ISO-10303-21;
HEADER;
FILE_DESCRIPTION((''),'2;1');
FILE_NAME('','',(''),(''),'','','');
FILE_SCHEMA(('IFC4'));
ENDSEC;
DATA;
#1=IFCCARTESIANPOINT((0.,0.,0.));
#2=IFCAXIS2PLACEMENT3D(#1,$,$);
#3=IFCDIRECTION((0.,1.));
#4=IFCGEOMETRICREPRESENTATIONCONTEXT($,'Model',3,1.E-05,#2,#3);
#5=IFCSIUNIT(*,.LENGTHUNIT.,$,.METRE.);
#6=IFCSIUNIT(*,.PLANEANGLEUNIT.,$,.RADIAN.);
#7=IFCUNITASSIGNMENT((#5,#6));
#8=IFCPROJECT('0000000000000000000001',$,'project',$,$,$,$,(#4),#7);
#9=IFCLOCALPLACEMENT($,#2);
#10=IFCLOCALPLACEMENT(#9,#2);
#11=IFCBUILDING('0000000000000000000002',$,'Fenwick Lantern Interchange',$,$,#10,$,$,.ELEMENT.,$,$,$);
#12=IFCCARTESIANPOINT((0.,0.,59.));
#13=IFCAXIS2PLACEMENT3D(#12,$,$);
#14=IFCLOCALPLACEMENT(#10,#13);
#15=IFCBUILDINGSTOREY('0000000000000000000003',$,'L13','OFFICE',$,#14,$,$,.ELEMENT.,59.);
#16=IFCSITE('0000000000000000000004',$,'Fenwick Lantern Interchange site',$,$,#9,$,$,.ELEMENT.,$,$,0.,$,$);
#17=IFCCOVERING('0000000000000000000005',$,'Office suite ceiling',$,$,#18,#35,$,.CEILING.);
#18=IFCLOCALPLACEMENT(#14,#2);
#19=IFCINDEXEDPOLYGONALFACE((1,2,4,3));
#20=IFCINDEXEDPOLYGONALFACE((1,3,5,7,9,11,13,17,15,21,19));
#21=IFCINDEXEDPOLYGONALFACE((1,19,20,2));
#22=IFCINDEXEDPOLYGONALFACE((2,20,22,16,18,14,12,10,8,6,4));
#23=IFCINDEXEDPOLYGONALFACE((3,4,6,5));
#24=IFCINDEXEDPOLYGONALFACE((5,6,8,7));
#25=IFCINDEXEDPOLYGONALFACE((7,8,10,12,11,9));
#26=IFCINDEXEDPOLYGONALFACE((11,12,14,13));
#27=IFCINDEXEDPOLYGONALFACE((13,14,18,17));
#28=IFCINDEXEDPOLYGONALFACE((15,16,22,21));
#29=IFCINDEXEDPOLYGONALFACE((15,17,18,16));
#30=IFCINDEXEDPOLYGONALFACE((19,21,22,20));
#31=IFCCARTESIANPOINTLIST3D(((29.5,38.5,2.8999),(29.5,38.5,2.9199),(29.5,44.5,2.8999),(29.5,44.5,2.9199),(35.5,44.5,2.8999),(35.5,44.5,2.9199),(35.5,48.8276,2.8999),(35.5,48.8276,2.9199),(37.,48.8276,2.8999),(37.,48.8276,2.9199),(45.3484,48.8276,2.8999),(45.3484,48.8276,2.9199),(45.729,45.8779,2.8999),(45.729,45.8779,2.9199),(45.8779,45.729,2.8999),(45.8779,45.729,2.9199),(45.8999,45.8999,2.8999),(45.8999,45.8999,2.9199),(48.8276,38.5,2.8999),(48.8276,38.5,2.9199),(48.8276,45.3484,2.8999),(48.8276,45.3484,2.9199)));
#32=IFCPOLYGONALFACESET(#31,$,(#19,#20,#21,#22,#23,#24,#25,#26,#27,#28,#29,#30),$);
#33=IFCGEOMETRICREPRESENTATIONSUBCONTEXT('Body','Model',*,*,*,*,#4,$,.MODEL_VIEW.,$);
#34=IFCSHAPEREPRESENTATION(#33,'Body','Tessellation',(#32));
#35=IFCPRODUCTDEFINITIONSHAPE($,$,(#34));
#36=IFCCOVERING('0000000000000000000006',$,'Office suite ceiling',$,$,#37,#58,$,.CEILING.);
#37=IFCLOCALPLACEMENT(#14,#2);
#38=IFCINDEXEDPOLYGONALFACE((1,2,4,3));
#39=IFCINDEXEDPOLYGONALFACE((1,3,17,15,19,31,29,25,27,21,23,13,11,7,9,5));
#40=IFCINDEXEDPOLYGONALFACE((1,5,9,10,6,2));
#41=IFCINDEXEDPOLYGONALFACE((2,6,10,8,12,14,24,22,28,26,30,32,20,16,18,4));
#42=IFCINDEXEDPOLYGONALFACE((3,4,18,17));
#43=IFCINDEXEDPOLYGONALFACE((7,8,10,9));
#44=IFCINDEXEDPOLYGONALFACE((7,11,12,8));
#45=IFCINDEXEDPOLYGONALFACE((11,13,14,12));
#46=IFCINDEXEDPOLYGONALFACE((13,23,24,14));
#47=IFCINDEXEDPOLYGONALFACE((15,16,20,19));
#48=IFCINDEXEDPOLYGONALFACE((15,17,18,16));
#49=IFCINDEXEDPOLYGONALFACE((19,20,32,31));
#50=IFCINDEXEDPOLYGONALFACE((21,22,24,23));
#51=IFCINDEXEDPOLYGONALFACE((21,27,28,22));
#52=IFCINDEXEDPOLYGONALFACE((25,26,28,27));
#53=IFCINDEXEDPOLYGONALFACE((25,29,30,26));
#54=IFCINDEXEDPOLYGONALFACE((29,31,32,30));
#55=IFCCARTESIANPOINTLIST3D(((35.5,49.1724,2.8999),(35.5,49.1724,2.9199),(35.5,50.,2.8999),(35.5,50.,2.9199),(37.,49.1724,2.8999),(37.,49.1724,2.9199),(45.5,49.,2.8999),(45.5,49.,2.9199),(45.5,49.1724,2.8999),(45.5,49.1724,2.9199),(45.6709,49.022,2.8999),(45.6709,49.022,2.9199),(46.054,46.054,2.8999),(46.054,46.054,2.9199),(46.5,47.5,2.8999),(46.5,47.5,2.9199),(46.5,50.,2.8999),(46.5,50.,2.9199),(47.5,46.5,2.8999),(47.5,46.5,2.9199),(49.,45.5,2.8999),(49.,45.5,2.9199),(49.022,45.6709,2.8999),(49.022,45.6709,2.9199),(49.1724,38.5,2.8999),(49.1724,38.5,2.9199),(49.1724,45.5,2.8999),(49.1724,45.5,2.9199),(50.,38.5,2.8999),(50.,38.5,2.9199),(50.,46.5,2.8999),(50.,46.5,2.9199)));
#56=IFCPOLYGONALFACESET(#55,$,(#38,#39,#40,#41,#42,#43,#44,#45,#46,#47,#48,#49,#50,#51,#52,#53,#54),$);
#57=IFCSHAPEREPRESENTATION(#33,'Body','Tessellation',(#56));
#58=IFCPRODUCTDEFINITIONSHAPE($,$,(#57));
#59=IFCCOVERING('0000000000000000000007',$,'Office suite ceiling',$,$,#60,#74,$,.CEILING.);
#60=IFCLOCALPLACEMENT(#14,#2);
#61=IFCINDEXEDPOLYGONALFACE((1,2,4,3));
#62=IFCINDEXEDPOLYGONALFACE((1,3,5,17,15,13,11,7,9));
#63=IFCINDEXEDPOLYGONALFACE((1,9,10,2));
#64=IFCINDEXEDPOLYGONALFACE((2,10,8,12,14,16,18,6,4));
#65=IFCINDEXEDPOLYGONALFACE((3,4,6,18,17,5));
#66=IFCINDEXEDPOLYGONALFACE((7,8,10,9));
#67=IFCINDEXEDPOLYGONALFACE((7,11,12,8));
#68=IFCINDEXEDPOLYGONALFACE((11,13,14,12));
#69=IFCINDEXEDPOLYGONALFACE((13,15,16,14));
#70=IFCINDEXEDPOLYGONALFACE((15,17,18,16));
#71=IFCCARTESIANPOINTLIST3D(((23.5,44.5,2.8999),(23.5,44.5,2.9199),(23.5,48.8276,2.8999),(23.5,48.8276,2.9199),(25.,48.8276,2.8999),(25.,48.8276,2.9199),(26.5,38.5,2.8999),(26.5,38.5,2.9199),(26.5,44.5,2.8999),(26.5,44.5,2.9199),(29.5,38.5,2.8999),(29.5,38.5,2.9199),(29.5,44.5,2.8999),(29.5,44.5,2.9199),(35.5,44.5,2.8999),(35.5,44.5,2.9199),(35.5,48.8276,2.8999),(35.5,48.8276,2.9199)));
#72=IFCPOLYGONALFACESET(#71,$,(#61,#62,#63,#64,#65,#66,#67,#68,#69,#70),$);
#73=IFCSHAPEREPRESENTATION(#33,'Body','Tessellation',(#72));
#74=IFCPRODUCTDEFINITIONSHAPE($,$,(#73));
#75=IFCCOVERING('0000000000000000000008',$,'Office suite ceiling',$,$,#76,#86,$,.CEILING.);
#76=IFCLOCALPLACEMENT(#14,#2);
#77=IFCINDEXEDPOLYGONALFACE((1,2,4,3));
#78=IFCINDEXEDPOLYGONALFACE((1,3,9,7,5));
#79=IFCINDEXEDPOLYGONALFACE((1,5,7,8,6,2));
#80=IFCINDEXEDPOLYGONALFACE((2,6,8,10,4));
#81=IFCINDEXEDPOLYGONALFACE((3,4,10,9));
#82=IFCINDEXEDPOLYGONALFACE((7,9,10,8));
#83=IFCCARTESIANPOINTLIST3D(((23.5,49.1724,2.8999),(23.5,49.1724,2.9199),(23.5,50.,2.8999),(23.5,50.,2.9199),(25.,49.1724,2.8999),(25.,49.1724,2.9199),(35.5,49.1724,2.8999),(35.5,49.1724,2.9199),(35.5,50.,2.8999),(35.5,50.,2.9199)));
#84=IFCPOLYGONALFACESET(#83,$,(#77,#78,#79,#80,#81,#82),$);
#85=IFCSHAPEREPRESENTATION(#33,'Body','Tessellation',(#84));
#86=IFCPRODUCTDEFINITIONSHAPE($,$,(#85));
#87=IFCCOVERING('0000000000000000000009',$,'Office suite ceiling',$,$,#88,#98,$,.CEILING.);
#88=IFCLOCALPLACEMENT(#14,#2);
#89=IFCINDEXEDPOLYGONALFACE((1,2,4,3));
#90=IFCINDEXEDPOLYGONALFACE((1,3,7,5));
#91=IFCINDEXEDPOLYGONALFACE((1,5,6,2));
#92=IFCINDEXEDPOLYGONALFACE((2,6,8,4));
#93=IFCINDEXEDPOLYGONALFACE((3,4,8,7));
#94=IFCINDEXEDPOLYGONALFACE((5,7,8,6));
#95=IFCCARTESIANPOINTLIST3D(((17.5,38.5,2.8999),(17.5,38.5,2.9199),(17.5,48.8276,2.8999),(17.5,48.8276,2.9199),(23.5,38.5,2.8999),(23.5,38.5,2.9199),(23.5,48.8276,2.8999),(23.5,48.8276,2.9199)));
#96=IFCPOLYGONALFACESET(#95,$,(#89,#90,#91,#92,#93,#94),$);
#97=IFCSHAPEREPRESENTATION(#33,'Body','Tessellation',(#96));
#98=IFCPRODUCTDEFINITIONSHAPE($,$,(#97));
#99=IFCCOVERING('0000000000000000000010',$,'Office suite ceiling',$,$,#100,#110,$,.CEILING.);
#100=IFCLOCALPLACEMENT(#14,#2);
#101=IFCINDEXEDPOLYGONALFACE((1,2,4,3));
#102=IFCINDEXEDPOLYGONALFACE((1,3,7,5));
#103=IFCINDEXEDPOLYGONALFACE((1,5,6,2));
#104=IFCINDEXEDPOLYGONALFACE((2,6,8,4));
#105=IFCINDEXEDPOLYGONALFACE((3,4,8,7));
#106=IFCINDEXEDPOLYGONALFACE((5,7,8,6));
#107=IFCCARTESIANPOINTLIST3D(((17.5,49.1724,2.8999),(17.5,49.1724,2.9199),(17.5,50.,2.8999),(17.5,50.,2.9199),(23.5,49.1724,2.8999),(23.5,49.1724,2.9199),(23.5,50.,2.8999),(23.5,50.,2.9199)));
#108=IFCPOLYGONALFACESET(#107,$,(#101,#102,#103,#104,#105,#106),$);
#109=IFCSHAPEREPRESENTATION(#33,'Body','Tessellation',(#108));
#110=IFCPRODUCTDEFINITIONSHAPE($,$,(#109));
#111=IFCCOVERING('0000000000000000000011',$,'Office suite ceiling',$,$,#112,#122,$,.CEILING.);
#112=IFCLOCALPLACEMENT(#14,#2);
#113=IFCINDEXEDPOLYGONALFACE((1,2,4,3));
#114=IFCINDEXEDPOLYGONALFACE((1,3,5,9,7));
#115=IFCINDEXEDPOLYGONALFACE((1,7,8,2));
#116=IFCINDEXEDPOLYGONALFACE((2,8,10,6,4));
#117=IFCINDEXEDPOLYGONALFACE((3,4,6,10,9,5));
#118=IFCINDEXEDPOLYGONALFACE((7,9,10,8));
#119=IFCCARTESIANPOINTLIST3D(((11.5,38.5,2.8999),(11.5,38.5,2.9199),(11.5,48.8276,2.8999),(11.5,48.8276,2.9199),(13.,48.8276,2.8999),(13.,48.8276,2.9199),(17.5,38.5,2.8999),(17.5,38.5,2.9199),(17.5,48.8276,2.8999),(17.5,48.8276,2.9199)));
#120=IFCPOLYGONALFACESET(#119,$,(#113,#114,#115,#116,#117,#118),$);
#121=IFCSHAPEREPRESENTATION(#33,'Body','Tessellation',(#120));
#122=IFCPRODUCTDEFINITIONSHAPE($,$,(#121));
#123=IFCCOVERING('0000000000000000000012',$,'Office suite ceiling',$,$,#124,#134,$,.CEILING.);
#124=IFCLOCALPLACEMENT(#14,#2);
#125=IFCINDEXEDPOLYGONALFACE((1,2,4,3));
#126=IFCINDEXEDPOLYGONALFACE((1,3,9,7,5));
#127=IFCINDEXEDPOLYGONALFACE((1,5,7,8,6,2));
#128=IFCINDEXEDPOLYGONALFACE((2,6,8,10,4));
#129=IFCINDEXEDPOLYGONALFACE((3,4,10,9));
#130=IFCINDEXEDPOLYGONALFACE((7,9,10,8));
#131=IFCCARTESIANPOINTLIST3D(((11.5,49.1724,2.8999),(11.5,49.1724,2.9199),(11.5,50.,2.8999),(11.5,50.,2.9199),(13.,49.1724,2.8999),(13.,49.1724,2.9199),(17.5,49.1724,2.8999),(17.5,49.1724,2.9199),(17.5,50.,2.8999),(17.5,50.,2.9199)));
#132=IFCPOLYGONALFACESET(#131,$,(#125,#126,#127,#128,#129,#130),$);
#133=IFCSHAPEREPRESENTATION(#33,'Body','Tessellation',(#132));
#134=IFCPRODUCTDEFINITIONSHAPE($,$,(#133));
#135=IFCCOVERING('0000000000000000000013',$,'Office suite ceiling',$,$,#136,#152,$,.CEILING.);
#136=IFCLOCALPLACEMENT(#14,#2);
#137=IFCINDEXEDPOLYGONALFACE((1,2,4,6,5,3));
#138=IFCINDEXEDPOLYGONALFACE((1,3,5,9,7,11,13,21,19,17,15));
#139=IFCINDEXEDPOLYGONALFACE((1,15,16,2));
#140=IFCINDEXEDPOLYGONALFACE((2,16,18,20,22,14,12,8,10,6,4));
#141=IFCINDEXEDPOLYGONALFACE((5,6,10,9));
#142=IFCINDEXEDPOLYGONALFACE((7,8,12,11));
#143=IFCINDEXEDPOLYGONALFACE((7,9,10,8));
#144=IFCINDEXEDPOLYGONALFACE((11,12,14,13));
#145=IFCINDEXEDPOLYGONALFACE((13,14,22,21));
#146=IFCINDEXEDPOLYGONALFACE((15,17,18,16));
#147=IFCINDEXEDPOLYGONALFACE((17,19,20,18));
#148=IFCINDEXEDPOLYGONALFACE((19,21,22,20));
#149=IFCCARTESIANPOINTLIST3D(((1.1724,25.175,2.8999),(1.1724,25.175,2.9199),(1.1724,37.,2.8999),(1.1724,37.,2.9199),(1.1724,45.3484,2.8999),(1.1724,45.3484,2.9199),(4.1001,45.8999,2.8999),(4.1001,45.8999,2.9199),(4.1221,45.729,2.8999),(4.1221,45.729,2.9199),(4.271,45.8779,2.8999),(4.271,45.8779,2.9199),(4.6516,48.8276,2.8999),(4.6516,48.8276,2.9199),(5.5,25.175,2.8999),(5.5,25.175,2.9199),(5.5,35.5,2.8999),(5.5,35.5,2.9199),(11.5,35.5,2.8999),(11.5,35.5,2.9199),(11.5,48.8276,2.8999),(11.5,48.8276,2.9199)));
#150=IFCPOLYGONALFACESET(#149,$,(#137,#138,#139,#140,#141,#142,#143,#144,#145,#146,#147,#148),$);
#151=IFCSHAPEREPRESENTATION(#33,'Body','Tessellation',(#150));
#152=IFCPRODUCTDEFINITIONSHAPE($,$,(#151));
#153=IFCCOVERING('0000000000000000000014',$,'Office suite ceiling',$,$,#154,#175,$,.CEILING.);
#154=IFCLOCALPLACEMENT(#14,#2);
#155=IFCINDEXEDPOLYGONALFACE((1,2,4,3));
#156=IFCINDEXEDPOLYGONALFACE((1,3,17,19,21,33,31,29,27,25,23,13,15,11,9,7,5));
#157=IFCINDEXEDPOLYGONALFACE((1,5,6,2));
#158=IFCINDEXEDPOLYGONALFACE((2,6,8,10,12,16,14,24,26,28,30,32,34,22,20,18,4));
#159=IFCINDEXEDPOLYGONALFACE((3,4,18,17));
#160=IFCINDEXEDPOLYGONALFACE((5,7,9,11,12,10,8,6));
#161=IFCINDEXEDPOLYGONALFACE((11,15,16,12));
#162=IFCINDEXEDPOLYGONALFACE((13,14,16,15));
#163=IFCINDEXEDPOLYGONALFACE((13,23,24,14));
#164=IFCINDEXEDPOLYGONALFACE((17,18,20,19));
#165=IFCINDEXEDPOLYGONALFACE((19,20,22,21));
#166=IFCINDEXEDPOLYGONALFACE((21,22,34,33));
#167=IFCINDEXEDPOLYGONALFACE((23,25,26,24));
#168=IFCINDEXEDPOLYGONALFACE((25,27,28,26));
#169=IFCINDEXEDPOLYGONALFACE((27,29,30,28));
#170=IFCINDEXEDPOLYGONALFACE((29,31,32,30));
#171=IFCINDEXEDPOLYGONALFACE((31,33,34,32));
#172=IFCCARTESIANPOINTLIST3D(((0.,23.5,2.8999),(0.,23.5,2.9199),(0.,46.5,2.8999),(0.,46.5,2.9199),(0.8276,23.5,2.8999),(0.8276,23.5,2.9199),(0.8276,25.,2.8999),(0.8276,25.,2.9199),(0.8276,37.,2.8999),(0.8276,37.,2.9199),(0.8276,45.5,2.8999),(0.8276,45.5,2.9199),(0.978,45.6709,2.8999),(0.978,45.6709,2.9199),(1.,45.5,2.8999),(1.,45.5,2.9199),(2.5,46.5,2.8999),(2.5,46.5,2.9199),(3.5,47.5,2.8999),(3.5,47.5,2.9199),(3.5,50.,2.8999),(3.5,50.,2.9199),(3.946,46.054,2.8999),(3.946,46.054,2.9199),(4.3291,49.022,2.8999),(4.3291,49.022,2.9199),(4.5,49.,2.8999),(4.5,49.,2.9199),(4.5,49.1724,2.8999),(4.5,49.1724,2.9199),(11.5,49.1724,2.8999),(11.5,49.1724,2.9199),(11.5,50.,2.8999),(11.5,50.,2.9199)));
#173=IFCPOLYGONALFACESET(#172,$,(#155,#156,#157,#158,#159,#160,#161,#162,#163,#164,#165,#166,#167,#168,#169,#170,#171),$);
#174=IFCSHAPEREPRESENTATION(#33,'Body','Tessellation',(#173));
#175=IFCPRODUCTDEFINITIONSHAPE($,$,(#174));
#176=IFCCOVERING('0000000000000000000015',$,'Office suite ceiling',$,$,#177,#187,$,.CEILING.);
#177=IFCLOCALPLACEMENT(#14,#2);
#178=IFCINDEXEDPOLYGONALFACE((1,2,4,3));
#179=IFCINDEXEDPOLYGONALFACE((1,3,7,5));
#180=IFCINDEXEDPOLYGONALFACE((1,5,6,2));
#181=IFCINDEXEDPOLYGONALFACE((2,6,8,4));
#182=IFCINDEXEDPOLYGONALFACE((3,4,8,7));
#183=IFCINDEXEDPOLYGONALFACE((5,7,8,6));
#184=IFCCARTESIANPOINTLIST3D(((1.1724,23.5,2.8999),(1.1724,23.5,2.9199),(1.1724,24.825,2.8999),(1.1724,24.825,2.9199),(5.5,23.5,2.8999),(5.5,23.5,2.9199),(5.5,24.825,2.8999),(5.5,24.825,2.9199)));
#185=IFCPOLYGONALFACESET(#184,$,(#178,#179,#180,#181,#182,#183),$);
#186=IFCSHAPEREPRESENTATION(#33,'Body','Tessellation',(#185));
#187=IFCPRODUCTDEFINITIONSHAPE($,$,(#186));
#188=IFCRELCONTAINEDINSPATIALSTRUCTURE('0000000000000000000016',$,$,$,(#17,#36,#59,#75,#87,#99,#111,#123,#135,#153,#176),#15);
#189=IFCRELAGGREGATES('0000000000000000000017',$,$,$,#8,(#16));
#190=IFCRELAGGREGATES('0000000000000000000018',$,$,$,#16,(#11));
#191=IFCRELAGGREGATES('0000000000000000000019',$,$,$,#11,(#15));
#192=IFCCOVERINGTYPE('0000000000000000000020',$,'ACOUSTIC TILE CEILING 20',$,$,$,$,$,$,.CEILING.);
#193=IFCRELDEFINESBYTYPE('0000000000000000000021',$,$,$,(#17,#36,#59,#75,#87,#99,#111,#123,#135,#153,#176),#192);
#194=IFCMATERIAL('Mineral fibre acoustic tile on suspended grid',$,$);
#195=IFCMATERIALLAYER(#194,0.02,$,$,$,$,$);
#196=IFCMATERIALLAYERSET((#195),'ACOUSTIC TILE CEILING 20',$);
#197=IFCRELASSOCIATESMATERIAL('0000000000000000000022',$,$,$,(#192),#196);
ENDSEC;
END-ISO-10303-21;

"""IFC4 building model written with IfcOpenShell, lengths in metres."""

from ifc_helpers import new_model, si_unit, direction, frame, origin, place, context, subcontext, project, spatial, polyline, outline, extrude, material, layer, layer_set, type_object, element, save


model = new_model("IFC4")

# Units and contexts
model_context = context("Model", 3, precision=1e-05, world=origin(), true_north=direction((0.0, 1.0)))
body_context = subcontext(model_context, "Body", "Model", "MODEL_VIEW")
ifc_project = project(units=[si_unit("LENGTHUNIT", "METRE"), si_unit("PLANEANGLEUNIT", "RADIAN")], contexts=[model_context])

# Site, building, storey
site_placement = place(None, origin())
site = spatial("IfcSite", under=ifc_project, at=site_placement, Name="Fenwick Lantern Interchange site", CompositionType="ELEMENT", RefElevation=0.0)
building_placement = place(site_placement, origin())
building = spatial("IfcBuilding", under=site, at=building_placement, Name="Fenwick Lantern Interchange", CompositionType="ELEMENT")
storey_placement = place(building_placement, frame((0.0, 0.0, 59.0)))
storey = spatial("IfcBuildingStorey", under=building, at=storey_placement, Name="L13", Description="OFFICE", CompositionType="ELEMENT", Elevation=59.0)

# Coverings
ifc_material_1 = material(Name="Mineral fibre acoustic tile on suspended grid")
ifc_layer_1 = layer(ifc_material_1, 0.02)
ifc_layer_set_1 = layer_set([ifc_layer_1], Name="ACOUSTIC TILE CEILING 20")
covering_type_1 = type_object("IfcCoveringType", Name="ACOUSTIC TILE CEILING 20", PredefinedType="CEILING", material=ifc_layer_set_1)
covering_1_placement = place(storey_placement, frame((0.0, 0.0, 2.8999)))
element("IfcCovering", 1, at=covering_1_placement, inside=storey, type_object=covering_type_1, Name="Office suite ceiling", PredefinedType="CEILING", context=body_context, shape_type="SweptSolid", body=[
    extrude(outline(polyline([(29.5, 38.5), (48.8276, 38.5), (48.8276, 45.3484), (45.8779, 45.729), (45.8999, 45.8999), (45.729, 45.8779), (45.3484, 48.8276), (37.0, 48.8276), (35.5, 48.8276), (35.5, 44.5), (29.5, 44.5), (29.5, 38.5)])), origin(), (0.0, 0.0, 1.0), 0.02),
])
covering_2_placement = place(storey_placement, frame((0.0, 0.0, 2.8999)))
element("IfcCovering", 2, at=covering_2_placement, inside=storey, type_object=covering_type_1, Name="Office suite ceiling", PredefinedType="CEILING", context=body_context, shape_type="SweptSolid", body=[
    extrude(outline(polyline([(47.5, 46.5), (46.5, 47.5), (46.5, 50.0), (35.5, 50.0), (35.5, 49.1724), (37.0, 49.1724), (45.5, 49.1724), (45.5, 49.0), (45.6709, 49.022), (46.054, 46.054), (49.022, 45.6709), (49.0, 45.5), (49.1724, 45.5), (49.1724, 38.5), (50.0, 38.5), (50.0, 46.5), (47.5, 46.5)])), origin(), (0.0, 0.0, 1.0), 0.02),
])
covering_3_placement = place(storey_placement, frame((0.0, 0.0, 2.8999)))
element("IfcCovering", 3, at=covering_3_placement, inside=storey, type_object=covering_type_1, Name="Office suite ceiling", PredefinedType="CEILING", context=body_context, shape_type="SweptSolid", body=[
    extrude(outline(polyline([(35.5, 44.5), (35.5, 48.8276), (25.0, 48.8276), (23.5, 48.8276), (23.5, 44.5), (26.5, 44.5), (26.5, 38.5), (29.5, 38.5), (29.5, 44.5), (35.5, 44.5)])), origin(), (0.0, 0.0, 1.0), 0.02),
])
covering_4_placement = place(storey_placement, frame((0.0, 0.0, 2.8999)))
element("IfcCovering", 4, at=covering_4_placement, inside=storey, type_object=covering_type_1, Name="Office suite ceiling", PredefinedType="CEILING", context=body_context, shape_type="SweptSolid", body=[
    extrude(outline(polyline([(35.5, 49.1724), (35.5, 50.0), (23.5, 50.0), (23.5, 49.1724), (25.0, 49.1724), (35.5, 49.1724)])), origin(), (0.0, 0.0, 1.0), 0.02),
])
covering_5_placement = place(storey_placement, frame((0.0, 0.0, 2.8999)))
element("IfcCovering", 5, at=covering_5_placement, inside=storey, type_object=covering_type_1, Name="Office suite ceiling", PredefinedType="CEILING", context=body_context, shape_type="SweptSolid", body=[
    extrude(outline(polyline([(23.5, 38.5), (23.5, 48.8276), (17.5, 48.8276), (17.5, 38.5), (23.5, 38.5)])), origin(), (0.0, 0.0, 1.0), 0.02),
])
covering_6_placement = place(storey_placement, frame((0.0, 0.0, 2.8999)))
element("IfcCovering", 6, at=covering_6_placement, inside=storey, type_object=covering_type_1, Name="Office suite ceiling", PredefinedType="CEILING", context=body_context, shape_type="SweptSolid", body=[
    extrude(outline(polyline([(23.5, 50.0), (17.5, 50.0), (17.5, 49.1724), (23.5, 49.1724), (23.5, 50.0)])), origin(), (0.0, 0.0, 1.0), 0.02),
])
covering_7_placement = place(storey_placement, frame((0.0, 0.0, 2.8999)))
element("IfcCovering", 7, at=covering_7_placement, inside=storey, type_object=covering_type_1, Name="Office suite ceiling", PredefinedType="CEILING", context=body_context, shape_type="SweptSolid", body=[
    extrude(outline(polyline([(17.5, 38.5), (17.5, 48.8276), (13.0, 48.8276), (11.5, 48.8276), (11.5, 38.5), (17.5, 38.5)])), origin(), (0.0, 0.0, 1.0), 0.02),
])
covering_8_placement = place(storey_placement, frame((0.0, 0.0, 2.8999)))
element("IfcCovering", 8, at=covering_8_placement, inside=storey, type_object=covering_type_1, Name="Office suite ceiling", PredefinedType="CEILING", context=body_context, shape_type="SweptSolid", body=[
    extrude(outline(polyline([(17.5, 50.0), (11.5, 50.0), (11.5, 49.1724), (13.0, 49.1724), (17.5, 49.1724), (17.5, 50.0)])), origin(), (0.0, 0.0, 1.0), 0.02),
])
covering_9_placement = place(storey_placement, frame((0.0, 0.0, 2.8999)))
element("IfcCovering", 9, at=covering_9_placement, inside=storey, type_object=covering_type_1, Name="Office suite ceiling", PredefinedType="CEILING", context=body_context, shape_type="SweptSolid", body=[
    extrude(outline(polyline([(11.5, 35.5), (11.5, 48.8276), (4.6516, 48.8276), (4.271, 45.8779), (4.1001, 45.8999), (4.1221, 45.729), (1.1724, 45.3484), (1.1724, 37.0), (1.1724, 25.175), (5.5, 25.175), (5.5, 35.5), (11.5, 35.5)])), origin(), (0.0, 0.0, 1.0), 0.02),
])
covering_10_placement = place(storey_placement, frame((0.0, 0.0, 2.8999)))
element("IfcCovering", 10, at=covering_10_placement, inside=storey, type_object=covering_type_1, Name="Office suite ceiling", PredefinedType="CEILING", context=body_context, shape_type="SweptSolid", body=[
    extrude(outline(polyline([(0.0, 46.5), (0.0, 23.5), (0.8276, 23.5), (0.8276, 25.0), (0.8276, 37.0), (0.8276, 45.5), (1.0, 45.5), (0.978, 45.6709), (3.946, 46.054), (4.3291, 49.022), (4.5, 49.0), (4.5, 49.1724), (11.5, 49.1724), (11.5, 50.0), (3.5, 50.0), (3.5, 47.5), (2.5, 46.5), (0.0, 46.5)])), origin(), (0.0, 0.0, 1.0), 0.02),
])
covering_11_placement = place(storey_placement, frame((0.0, 0.0, 2.8999)))
element("IfcCovering", 11, at=covering_11_placement, inside=storey, type_object=covering_type_1, Name="Office suite ceiling", PredefinedType="CEILING", context=body_context, shape_type="SweptSolid", body=[
    extrude(outline(polyline([(5.5, 23.5), (5.5, 24.825), (1.1724, 24.825), (1.1724, 23.5), (5.5, 23.5)])), origin(), (0.0, 0.0, 1.0), 0.02),
])

save(model, "model.ifc")
